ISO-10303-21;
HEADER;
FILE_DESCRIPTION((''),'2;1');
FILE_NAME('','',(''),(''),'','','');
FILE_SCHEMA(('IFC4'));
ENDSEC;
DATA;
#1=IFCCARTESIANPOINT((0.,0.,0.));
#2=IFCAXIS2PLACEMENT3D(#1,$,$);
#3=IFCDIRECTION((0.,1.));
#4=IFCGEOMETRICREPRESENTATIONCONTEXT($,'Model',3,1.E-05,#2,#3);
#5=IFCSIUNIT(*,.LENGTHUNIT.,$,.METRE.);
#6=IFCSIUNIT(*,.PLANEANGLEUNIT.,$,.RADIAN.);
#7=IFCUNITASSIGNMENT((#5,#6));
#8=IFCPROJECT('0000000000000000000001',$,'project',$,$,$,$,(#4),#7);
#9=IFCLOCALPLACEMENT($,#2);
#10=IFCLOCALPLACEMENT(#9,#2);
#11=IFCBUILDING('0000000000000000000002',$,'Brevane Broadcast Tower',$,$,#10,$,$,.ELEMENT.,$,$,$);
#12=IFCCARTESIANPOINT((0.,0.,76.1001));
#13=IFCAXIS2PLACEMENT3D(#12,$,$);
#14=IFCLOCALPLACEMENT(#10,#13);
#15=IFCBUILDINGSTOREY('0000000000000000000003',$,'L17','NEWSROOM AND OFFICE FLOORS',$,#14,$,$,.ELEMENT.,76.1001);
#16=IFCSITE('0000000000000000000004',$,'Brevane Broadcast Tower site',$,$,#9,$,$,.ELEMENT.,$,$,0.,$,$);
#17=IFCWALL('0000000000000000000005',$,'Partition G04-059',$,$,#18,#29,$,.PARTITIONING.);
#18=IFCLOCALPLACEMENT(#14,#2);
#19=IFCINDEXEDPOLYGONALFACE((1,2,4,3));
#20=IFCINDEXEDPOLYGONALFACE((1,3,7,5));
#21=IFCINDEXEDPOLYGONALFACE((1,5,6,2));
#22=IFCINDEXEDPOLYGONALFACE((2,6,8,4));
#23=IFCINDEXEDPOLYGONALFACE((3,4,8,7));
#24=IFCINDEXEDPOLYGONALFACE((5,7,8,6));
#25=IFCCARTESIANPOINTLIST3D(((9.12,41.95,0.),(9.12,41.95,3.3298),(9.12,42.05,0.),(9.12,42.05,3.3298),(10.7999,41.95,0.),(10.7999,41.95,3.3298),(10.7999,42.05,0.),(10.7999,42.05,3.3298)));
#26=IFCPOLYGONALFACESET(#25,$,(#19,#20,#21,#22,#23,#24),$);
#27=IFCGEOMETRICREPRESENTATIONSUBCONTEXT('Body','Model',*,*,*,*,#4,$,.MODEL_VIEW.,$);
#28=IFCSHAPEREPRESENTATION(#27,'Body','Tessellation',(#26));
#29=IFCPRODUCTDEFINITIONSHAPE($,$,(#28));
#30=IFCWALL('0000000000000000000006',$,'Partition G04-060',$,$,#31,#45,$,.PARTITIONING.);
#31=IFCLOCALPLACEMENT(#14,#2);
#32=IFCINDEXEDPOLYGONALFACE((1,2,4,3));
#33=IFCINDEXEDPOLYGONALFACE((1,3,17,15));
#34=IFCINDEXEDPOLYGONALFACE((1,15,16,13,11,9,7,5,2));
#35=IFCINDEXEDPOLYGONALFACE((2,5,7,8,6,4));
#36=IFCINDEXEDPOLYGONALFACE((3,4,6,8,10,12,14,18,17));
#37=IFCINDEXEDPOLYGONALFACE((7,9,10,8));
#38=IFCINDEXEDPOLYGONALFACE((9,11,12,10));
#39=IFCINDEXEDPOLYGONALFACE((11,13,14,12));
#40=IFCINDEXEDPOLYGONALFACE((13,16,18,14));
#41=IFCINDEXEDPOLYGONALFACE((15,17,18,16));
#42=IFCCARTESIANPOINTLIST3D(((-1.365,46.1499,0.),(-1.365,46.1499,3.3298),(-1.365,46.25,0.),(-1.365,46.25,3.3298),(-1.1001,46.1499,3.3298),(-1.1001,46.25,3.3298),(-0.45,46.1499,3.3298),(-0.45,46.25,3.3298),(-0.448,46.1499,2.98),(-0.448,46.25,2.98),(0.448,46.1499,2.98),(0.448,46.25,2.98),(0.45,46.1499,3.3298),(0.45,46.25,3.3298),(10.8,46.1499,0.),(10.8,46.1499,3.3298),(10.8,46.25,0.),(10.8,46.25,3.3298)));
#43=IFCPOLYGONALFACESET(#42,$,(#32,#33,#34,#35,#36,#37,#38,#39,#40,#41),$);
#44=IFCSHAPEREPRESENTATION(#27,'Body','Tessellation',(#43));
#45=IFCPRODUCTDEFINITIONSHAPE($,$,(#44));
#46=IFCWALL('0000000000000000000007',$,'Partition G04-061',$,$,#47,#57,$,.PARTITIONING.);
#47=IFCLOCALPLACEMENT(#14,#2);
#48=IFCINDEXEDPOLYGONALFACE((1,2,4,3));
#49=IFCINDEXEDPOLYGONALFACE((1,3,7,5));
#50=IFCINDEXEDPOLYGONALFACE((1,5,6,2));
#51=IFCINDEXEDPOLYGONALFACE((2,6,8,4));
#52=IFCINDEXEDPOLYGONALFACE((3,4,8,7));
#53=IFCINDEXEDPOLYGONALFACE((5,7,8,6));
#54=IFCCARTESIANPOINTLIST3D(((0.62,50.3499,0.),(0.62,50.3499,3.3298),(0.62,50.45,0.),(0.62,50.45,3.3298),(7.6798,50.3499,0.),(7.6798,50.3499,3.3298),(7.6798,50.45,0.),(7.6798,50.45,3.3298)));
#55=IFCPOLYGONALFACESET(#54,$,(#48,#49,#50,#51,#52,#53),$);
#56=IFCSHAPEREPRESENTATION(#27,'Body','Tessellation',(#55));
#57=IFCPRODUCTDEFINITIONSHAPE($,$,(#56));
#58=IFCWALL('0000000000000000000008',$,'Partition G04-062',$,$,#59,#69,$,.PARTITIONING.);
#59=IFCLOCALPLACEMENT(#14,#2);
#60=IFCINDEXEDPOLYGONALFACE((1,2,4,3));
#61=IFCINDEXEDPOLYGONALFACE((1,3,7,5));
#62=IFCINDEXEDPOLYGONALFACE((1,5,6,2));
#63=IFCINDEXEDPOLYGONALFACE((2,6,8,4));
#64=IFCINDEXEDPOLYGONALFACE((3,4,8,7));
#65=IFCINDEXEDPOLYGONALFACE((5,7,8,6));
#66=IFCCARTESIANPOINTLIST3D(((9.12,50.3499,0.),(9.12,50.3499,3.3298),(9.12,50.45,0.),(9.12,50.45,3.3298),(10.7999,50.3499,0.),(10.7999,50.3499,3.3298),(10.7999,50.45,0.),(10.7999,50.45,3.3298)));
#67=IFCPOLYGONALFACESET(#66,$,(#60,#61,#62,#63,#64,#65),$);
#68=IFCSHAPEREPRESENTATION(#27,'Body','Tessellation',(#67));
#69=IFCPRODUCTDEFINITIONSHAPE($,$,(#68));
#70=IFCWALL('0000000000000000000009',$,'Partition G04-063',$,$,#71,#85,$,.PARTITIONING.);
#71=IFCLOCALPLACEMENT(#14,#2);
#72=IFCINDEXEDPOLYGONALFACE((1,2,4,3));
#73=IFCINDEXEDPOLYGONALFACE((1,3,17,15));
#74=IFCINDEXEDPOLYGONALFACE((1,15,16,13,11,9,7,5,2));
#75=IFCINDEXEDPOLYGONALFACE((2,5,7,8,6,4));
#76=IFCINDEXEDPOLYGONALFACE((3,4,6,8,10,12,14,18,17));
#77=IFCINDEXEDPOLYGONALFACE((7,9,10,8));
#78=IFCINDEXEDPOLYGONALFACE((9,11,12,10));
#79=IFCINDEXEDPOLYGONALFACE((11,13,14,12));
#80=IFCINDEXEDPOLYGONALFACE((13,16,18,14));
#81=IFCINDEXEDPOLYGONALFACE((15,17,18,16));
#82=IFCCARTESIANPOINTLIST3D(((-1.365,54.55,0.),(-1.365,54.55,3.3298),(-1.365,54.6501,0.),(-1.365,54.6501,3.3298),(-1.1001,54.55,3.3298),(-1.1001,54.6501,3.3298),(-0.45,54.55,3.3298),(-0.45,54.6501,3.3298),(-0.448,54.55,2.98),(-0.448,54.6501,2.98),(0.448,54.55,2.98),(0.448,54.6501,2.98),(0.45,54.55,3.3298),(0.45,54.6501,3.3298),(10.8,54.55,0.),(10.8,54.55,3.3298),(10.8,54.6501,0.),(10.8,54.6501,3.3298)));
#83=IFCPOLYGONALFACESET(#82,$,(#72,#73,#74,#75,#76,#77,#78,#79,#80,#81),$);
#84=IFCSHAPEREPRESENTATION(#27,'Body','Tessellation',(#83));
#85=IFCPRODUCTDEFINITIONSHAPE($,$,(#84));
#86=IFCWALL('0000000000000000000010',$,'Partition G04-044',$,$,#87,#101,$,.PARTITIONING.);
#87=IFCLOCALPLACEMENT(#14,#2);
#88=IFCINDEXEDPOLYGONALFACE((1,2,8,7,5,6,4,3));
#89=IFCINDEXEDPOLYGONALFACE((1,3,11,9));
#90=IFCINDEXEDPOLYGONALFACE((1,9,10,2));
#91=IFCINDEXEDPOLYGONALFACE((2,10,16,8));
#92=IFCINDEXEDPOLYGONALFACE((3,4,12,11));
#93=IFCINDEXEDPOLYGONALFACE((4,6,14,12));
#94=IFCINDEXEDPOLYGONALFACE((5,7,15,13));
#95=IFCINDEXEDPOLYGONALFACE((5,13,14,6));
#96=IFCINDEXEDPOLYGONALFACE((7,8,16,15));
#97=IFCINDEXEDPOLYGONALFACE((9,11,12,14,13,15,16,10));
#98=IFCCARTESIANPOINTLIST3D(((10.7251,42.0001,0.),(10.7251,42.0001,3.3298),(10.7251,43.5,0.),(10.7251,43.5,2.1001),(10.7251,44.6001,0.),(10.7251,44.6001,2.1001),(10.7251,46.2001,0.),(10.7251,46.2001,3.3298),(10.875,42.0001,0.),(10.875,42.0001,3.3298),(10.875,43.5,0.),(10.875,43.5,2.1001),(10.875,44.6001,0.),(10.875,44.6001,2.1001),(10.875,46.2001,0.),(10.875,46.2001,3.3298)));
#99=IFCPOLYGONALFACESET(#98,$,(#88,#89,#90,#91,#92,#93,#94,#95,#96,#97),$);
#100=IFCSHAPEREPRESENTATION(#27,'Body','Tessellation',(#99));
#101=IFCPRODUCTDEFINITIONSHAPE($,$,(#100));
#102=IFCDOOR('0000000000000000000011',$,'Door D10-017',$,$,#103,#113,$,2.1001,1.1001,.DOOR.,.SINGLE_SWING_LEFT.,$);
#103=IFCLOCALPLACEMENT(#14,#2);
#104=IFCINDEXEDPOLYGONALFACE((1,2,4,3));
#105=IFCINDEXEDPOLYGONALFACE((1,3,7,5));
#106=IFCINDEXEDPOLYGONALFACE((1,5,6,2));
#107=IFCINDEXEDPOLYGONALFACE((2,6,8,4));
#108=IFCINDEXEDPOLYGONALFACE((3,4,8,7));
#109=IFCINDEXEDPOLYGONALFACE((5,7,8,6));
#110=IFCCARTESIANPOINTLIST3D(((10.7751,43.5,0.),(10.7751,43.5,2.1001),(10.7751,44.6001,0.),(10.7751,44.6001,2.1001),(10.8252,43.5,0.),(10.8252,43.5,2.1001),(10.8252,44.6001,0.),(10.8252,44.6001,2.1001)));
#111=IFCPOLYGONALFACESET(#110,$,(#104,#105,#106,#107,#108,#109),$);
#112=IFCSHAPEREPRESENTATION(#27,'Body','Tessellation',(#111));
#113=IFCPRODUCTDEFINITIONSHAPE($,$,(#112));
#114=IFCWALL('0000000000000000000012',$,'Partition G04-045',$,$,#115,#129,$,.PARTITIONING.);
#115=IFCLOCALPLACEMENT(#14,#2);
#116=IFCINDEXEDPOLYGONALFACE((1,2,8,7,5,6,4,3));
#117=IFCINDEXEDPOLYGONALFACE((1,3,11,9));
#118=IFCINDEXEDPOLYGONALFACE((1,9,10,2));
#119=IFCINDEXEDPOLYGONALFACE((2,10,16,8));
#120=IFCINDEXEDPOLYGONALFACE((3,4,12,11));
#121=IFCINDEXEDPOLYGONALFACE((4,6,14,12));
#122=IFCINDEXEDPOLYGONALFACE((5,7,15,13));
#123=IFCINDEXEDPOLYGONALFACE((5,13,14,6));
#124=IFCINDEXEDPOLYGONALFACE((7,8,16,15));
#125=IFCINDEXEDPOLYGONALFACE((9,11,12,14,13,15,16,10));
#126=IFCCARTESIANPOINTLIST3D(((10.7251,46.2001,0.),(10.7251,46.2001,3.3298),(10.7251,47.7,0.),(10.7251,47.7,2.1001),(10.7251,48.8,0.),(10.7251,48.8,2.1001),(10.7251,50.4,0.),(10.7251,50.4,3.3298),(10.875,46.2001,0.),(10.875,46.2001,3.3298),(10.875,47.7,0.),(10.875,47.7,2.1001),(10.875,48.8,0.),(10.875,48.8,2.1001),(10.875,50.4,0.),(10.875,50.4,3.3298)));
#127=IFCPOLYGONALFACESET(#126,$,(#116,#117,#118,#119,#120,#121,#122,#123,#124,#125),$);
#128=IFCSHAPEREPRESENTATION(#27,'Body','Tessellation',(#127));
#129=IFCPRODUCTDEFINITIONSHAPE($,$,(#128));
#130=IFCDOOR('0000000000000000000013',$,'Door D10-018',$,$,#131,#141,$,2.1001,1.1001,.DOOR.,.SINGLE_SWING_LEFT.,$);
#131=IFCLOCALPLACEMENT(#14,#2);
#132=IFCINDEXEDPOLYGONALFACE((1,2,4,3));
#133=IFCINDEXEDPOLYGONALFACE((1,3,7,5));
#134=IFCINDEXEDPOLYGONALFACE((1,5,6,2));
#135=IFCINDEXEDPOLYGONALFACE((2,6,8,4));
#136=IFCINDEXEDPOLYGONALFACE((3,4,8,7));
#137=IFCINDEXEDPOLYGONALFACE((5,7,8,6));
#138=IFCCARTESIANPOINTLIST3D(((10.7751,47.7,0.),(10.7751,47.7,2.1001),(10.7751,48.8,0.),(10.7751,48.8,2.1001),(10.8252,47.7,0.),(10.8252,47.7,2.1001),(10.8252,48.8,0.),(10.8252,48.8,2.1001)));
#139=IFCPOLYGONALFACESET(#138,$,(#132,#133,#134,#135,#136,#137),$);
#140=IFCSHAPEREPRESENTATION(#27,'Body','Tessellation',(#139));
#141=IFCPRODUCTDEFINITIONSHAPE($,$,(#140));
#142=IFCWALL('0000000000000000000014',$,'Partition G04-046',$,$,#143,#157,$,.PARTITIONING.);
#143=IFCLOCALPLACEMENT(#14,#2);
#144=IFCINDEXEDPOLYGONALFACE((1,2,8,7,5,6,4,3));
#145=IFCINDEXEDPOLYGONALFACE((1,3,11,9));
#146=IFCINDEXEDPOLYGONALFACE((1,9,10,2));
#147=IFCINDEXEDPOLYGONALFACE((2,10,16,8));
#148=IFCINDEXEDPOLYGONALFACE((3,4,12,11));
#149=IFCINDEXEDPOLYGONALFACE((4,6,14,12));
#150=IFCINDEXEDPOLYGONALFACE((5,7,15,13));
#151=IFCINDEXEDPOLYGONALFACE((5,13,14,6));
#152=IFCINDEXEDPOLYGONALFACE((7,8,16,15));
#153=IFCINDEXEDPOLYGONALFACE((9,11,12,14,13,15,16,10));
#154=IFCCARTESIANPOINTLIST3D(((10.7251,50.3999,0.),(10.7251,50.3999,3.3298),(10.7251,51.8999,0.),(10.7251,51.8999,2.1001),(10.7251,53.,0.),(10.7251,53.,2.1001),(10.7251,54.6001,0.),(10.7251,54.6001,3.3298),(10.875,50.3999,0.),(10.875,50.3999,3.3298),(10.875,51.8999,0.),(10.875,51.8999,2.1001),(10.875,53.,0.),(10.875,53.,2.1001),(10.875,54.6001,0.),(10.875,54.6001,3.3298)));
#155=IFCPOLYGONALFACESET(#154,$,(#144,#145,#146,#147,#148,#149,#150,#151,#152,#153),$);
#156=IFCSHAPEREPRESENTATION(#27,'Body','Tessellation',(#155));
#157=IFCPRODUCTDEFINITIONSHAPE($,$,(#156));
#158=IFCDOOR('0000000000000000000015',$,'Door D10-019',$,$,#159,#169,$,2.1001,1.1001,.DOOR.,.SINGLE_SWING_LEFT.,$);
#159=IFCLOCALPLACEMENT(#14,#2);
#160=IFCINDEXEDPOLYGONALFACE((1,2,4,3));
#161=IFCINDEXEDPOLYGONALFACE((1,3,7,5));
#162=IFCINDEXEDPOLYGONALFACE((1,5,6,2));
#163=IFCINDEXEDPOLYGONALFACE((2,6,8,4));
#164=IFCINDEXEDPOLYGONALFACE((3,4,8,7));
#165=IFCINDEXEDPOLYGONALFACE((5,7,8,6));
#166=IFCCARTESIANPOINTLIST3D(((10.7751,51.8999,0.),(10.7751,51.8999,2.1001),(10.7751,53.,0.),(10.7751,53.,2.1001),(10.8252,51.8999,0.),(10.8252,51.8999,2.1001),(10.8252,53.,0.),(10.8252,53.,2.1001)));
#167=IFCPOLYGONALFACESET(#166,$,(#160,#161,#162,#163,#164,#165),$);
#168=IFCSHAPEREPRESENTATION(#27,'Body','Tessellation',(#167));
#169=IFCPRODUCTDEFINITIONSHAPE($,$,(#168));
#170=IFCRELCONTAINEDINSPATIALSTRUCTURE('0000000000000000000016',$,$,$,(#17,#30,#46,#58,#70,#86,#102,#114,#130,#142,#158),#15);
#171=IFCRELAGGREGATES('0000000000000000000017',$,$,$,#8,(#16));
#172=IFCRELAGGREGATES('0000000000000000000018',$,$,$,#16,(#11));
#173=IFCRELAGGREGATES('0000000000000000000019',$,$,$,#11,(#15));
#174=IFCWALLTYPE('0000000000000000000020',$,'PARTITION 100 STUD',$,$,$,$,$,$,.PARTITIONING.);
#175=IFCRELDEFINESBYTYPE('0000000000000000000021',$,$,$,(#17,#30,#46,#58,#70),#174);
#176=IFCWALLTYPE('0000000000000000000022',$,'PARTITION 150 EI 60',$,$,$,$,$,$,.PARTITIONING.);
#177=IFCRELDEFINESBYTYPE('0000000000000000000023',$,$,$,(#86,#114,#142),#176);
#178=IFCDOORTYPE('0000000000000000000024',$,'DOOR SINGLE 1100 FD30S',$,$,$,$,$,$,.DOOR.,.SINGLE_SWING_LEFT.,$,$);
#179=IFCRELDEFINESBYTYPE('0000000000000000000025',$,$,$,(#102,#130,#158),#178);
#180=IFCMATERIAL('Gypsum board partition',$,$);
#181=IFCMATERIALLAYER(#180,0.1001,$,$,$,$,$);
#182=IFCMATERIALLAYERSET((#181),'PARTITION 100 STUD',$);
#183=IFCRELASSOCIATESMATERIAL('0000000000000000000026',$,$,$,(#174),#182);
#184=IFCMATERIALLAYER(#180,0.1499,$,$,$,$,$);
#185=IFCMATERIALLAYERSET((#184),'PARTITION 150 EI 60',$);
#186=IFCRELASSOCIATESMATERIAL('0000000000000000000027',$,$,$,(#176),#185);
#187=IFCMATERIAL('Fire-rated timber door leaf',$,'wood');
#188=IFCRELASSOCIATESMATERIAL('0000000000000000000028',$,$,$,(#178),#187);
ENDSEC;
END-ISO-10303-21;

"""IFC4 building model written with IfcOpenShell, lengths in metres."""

from ifc_helpers import new_model, si_unit, direction, frame, frame_2d, origin, place, context, subcontext, project, spatial, polyline, rectangle, outline, extrude, material, layer, layer_set, type_object, element, fill, save


model = new_model("IFC4")

# Units and contexts
model_context = context("Model", 3, precision=1e-05, world=origin(), true_north=direction((0.0, 1.0)))
body_context = subcontext(model_context, "Body", "Model", "MODEL_VIEW")
ifc_project = project(units=[si_unit("LENGTHUNIT", "METRE"), si_unit("PLANEANGLEUNIT", "RADIAN")], contexts=[model_context])

# Site, building, storey
site_placement = place(None, origin())
site = spatial("IfcSite", under=ifc_project, at=site_placement, Name="Brevane Broadcast Tower site", CompositionType="ELEMENT", RefElevation=0.0)
building_placement = place(site_placement, origin())
building = spatial("IfcBuilding", under=site, at=building_placement, Name="Brevane Broadcast Tower", CompositionType="ELEMENT")
storey_placement = place(building_placement, frame((0.0, 0.0, 76.1001)))
storey = spatial("IfcBuildingStorey", under=building, at=storey_placement, Name="L17", Description="NEWSROOM AND OFFICE FLOORS", CompositionType="ELEMENT", Elevation=76.1001)

# Walls
ifc_material_1 = material(Name="Gypsum board partition")
ifc_layer_1 = layer(ifc_material_1, 0.1001)
ifc_layer_set_1 = layer_set([ifc_layer_1], Name="PARTITION 100 STUD")
wall_type_1 = type_object("IfcWallType", Name="PARTITION 100 STUD", PredefinedType="PARTITIONING", material=ifc_layer_set_1)
wall_1_placement = place(storey_placement, frame((9.1201, 42.0, 0.0), z_axis=(0.0, 0.0, 1.0), x_axis=(1.0, 0.0, 0.0)))
element("IfcWall", 1, at=wall_1_placement, inside=storey, type_object=wall_type_1, Name="Partition G04-059", PredefinedType="PARTITIONING", context=body_context, shape_type="SweptSolid", body=[
    extrude(rectangle(XDim=1.6799, YDim=0.1001, at=frame_2d((0.8398, 0.0))), origin(), (0.0, 0.0, 1.0), 3.3298),
])
wall_2_placement = place(storey_placement, frame((-1.365, 46.2, 0.0), z_axis=(0.0, 0.0, 1.0), x_axis=(1.0, 0.0, 0.0)))
element("IfcWall", 2, at=wall_2_placement, inside=storey, type_object=wall_type_1, Name="Partition G04-060", PredefinedType="PARTITIONING", context=body_context, shape_type="SweptSolid", body=[
    extrude(outline(polyline([(0.0, 0.0), (12.165, 0.0), (12.165, 3.3298), (1.8149, 3.3298), (1.813, 2.98), (0.917, 2.98), (0.915, 3.3298), (0.2649, 3.3298), (0.0, 3.3298), (0.0, 0.0)])), frame((0.0, 0.05, 0.0), z_axis=(0.0, -1.0, 0.0), x_axis=(1.0, 0.0, 0.0)), (0.0, 0.0, 1.0), 0.1001),
])
wall_3_placement = place(storey_placement, frame((0.6201, 50.3999, 0.0), z_axis=(0.0, 0.0, 1.0), x_axis=(1.0, 0.0, 0.0)))
element("IfcWall", 3, at=wall_3_placement, inside=storey, type_object=wall_type_1, Name="Partition G04-061", PredefinedType="PARTITIONING", context=body_context, shape_type="SweptSolid", body=[
    extrude(rectangle(XDim=7.0598, YDim=0.1001, at=frame_2d((3.5298, 0.0))), origin(), (0.0, 0.0, 1.0), 3.3298),
])
wall_4_placement = place(storey_placement, frame((9.1201, 50.3999, 0.0), z_axis=(0.0, 0.0, 1.0), x_axis=(1.0, 0.0, 0.0)))
element("IfcWall", 4, at=wall_4_placement, inside=storey, type_object=wall_type_1, Name="Partition G04-062", PredefinedType="PARTITIONING", context=body_context, shape_type="SweptSolid", body=[
    extrude(rectangle(XDim=1.6799, YDim=0.1001, at=frame_2d((0.8398, 0.0))), origin(), (0.0, 0.0, 1.0), 3.3298),
])
wall_5_placement = place(storey_placement, frame((-1.365, 54.6001, 0.0), z_axis=(0.0, 0.0, 1.0), x_axis=(1.0, 0.0, 0.0)))
element("IfcWall", 5, at=wall_5_placement, inside=storey, type_object=wall_type_1, Name="Partition G04-063", PredefinedType="PARTITIONING", context=body_context, shape_type="SweptSolid", body=[
    extrude(outline(polyline([(0.0, 0.0), (12.165, 0.0), (12.165, 3.3298), (1.8149, 3.3298), (1.813, 2.98), (0.917, 2.98), (0.915, 3.3298), (0.2649, 3.3298), (0.0, 3.3298), (0.0, 0.0)])), frame((0.0, 0.05, 0.0), z_axis=(0.0, -1.0, 0.0), x_axis=(1.0, 0.0, 0.0)), (0.0, 0.0, 1.0), 0.1001),
])

# Walls, openings, doors
ifc_layer_2 = layer(ifc_material_1, 0.1499)
ifc_layer_set_2 = layer_set([ifc_layer_2], Name="PARTITION 150 EI 60")
wall_type_2 = type_object("IfcWallType", Name="PARTITION 150 EI 60", PredefinedType="PARTITIONING", material=ifc_layer_set_2)
wall_6_placement = place(storey_placement, frame((10.8, 42.0, 0.0), z_axis=(0.0, 0.0, 1.0), x_axis=(0.0, 1.0, 0.0)))
wall_6 = element("IfcWall", 6, at=wall_6_placement, inside=storey, type_object=wall_type_2, Name="Partition G04-044", PredefinedType="PARTITIONING", context=body_context, shape_type="SweptSolid", body=[
    extrude(rectangle(XDim=4.2, YDim=0.1499, at=frame_2d((2.1001, 0.0))), origin(), (0.0, 0.0, 1.0), 3.3298),
])
opening_1_placement = place(wall_6_placement, frame((1.5, 0.0, 0.0)))
opening_1 = element("IfcOpeningElement", 7, at=opening_1_placement, cuts=wall_6, PredefinedType="OPENING", context=body_context, shape_type="SweptSolid", body=[
    extrude(rectangle(XDim=1.1001, YDim=2.1001, at=frame_2d((0.55, 1.05))), frame((0.0, 0.085, 0.0), z_axis=(0.0, -1.0, 0.0), x_axis=(1.0, 0.0, 0.0)), (0.0, 0.0, 1.0), 0.1699),
])
ifc_material_2 = material(Name="Fire-rated timber door leaf", Category="wood")
door_type_1 = type_object("IfcDoorType", Name="DOOR SINGLE 1100 FD30S", OperationType="SINGLE_SWING_LEFT", PredefinedType="DOOR", material=ifc_material_2)
door_1_placement = place(opening_1_placement, origin())
door_1 = element("IfcDoor", 8, at=door_1_placement, inside=storey, type_object=door_type_1, Name="Door D10-017", OperationType="SINGLE_SWING_LEFT", OverallHeight=2.1001, OverallWidth=1.1001, PredefinedType="DOOR", context=body_context, shape_type="SweptSolid", body=[
    extrude(rectangle(XDim=1.1001, YDim=2.1001, at=frame_2d((0.55, 1.05))), frame((0.0, 0.0249, 0.0), z_axis=(0.0, -1.0, 0.0), x_axis=(1.0, 0.0, 0.0)), (0.0, 0.0, 1.0), 0.05),
])
fill(opening_1, door_1)
wall_7_placement = place(storey_placement, frame((10.8, 46.2, 0.0), z_axis=(0.0, 0.0, 1.0), x_axis=(0.0, 1.0, 0.0)))
wall_7 = element("IfcWall", 9, at=wall_7_placement, inside=storey, type_object=wall_type_2, Name="Partition G04-045", PredefinedType="PARTITIONING", context=body_context, shape_type="SweptSolid", body=[
    extrude(rectangle(XDim=4.2, YDim=0.1499, at=frame_2d((2.1001, 0.0))), origin(), (0.0, 0.0, 1.0), 3.3298),
])
opening_2_placement = place(wall_7_placement, frame((1.5, 0.0, 0.0)))
opening_2 = element("IfcOpeningElement", 10, at=opening_2_placement, cuts=wall_7, PredefinedType="OPENING", context=body_context, shape_type="SweptSolid", body=[
    extrude(rectangle(XDim=1.1001, YDim=2.1001, at=frame_2d((0.55, 1.05))), frame((0.0, 0.085, 0.0), z_axis=(0.0, -1.0, 0.0), x_axis=(1.0, 0.0, 0.0)), (0.0, 0.0, 1.0), 0.1699),
])
door_2_placement = place(opening_2_placement, origin())
door_2 = element("IfcDoor", 11, at=door_2_placement, inside=storey, type_object=door_type_1, Name="Door D10-018", OperationType="SINGLE_SWING_LEFT", OverallHeight=2.1001, OverallWidth=1.1001, PredefinedType="DOOR", context=body_context, shape_type="SweptSolid", body=[
    extrude(rectangle(XDim=1.1001, YDim=2.1001, at=frame_2d((0.55, 1.05))), frame((0.0, 0.0249, 0.0), z_axis=(0.0, -1.0, 0.0), x_axis=(1.0, 0.0, 0.0)), (0.0, 0.0, 1.0), 0.05),
])
fill(opening_2, door_2)
wall_8_placement = place(storey_placement, frame((10.8, 50.3999, 0.0), z_axis=(0.0, 0.0, 1.0), x_axis=(0.0, 1.0, 0.0)))
wall_8 = element("IfcWall", 12, at=wall_8_placement, inside=storey, type_object=wall_type_2, Name="Partition G04-046", PredefinedType="PARTITIONING", context=body_context, shape_type="SweptSolid", body=[
    extrude(rectangle(XDim=4.2002, YDim=0.1499, at=frame_2d((2.1001, 0.0))), origin(), (0.0, 0.0, 1.0), 3.3298),
])
opening_3_placement = place(wall_8_placement, frame((1.5, 0.0, 0.0)))
opening_3 = element("IfcOpeningElement", 13, at=opening_3_placement, cuts=wall_8, PredefinedType="OPENING", context=body_context, shape_type="SweptSolid", body=[
    extrude(rectangle(XDim=1.1001, YDim=2.1001, at=frame_2d((0.55, 1.05))), frame((0.0, 0.085, 0.0), z_axis=(0.0, -1.0, 0.0), x_axis=(1.0, 0.0, 0.0)), (0.0, 0.0, 1.0), 0.1699),
])
door_3_placement = place(opening_3_placement, origin())
door_3 = element("IfcDoor", 14, at=door_3_placement, inside=storey, type_object=door_type_1, Name="Door D10-019", OperationType="SINGLE_SWING_LEFT", OverallHeight=2.1001, OverallWidth=1.1001, PredefinedType="DOOR", context=body_context, shape_type="SweptSolid", body=[
    extrude(rectangle(XDim=1.1001, YDim=2.1001, at=frame_2d((0.55, 1.05))), frame((0.0, 0.0249, 0.0), z_axis=(0.0, -1.0, 0.0), x_axis=(1.0, 0.0, 0.0)), (0.0, 0.0, 1.0), 0.05),
])
fill(opening_3, door_3)

save(model, "model.ifc")
